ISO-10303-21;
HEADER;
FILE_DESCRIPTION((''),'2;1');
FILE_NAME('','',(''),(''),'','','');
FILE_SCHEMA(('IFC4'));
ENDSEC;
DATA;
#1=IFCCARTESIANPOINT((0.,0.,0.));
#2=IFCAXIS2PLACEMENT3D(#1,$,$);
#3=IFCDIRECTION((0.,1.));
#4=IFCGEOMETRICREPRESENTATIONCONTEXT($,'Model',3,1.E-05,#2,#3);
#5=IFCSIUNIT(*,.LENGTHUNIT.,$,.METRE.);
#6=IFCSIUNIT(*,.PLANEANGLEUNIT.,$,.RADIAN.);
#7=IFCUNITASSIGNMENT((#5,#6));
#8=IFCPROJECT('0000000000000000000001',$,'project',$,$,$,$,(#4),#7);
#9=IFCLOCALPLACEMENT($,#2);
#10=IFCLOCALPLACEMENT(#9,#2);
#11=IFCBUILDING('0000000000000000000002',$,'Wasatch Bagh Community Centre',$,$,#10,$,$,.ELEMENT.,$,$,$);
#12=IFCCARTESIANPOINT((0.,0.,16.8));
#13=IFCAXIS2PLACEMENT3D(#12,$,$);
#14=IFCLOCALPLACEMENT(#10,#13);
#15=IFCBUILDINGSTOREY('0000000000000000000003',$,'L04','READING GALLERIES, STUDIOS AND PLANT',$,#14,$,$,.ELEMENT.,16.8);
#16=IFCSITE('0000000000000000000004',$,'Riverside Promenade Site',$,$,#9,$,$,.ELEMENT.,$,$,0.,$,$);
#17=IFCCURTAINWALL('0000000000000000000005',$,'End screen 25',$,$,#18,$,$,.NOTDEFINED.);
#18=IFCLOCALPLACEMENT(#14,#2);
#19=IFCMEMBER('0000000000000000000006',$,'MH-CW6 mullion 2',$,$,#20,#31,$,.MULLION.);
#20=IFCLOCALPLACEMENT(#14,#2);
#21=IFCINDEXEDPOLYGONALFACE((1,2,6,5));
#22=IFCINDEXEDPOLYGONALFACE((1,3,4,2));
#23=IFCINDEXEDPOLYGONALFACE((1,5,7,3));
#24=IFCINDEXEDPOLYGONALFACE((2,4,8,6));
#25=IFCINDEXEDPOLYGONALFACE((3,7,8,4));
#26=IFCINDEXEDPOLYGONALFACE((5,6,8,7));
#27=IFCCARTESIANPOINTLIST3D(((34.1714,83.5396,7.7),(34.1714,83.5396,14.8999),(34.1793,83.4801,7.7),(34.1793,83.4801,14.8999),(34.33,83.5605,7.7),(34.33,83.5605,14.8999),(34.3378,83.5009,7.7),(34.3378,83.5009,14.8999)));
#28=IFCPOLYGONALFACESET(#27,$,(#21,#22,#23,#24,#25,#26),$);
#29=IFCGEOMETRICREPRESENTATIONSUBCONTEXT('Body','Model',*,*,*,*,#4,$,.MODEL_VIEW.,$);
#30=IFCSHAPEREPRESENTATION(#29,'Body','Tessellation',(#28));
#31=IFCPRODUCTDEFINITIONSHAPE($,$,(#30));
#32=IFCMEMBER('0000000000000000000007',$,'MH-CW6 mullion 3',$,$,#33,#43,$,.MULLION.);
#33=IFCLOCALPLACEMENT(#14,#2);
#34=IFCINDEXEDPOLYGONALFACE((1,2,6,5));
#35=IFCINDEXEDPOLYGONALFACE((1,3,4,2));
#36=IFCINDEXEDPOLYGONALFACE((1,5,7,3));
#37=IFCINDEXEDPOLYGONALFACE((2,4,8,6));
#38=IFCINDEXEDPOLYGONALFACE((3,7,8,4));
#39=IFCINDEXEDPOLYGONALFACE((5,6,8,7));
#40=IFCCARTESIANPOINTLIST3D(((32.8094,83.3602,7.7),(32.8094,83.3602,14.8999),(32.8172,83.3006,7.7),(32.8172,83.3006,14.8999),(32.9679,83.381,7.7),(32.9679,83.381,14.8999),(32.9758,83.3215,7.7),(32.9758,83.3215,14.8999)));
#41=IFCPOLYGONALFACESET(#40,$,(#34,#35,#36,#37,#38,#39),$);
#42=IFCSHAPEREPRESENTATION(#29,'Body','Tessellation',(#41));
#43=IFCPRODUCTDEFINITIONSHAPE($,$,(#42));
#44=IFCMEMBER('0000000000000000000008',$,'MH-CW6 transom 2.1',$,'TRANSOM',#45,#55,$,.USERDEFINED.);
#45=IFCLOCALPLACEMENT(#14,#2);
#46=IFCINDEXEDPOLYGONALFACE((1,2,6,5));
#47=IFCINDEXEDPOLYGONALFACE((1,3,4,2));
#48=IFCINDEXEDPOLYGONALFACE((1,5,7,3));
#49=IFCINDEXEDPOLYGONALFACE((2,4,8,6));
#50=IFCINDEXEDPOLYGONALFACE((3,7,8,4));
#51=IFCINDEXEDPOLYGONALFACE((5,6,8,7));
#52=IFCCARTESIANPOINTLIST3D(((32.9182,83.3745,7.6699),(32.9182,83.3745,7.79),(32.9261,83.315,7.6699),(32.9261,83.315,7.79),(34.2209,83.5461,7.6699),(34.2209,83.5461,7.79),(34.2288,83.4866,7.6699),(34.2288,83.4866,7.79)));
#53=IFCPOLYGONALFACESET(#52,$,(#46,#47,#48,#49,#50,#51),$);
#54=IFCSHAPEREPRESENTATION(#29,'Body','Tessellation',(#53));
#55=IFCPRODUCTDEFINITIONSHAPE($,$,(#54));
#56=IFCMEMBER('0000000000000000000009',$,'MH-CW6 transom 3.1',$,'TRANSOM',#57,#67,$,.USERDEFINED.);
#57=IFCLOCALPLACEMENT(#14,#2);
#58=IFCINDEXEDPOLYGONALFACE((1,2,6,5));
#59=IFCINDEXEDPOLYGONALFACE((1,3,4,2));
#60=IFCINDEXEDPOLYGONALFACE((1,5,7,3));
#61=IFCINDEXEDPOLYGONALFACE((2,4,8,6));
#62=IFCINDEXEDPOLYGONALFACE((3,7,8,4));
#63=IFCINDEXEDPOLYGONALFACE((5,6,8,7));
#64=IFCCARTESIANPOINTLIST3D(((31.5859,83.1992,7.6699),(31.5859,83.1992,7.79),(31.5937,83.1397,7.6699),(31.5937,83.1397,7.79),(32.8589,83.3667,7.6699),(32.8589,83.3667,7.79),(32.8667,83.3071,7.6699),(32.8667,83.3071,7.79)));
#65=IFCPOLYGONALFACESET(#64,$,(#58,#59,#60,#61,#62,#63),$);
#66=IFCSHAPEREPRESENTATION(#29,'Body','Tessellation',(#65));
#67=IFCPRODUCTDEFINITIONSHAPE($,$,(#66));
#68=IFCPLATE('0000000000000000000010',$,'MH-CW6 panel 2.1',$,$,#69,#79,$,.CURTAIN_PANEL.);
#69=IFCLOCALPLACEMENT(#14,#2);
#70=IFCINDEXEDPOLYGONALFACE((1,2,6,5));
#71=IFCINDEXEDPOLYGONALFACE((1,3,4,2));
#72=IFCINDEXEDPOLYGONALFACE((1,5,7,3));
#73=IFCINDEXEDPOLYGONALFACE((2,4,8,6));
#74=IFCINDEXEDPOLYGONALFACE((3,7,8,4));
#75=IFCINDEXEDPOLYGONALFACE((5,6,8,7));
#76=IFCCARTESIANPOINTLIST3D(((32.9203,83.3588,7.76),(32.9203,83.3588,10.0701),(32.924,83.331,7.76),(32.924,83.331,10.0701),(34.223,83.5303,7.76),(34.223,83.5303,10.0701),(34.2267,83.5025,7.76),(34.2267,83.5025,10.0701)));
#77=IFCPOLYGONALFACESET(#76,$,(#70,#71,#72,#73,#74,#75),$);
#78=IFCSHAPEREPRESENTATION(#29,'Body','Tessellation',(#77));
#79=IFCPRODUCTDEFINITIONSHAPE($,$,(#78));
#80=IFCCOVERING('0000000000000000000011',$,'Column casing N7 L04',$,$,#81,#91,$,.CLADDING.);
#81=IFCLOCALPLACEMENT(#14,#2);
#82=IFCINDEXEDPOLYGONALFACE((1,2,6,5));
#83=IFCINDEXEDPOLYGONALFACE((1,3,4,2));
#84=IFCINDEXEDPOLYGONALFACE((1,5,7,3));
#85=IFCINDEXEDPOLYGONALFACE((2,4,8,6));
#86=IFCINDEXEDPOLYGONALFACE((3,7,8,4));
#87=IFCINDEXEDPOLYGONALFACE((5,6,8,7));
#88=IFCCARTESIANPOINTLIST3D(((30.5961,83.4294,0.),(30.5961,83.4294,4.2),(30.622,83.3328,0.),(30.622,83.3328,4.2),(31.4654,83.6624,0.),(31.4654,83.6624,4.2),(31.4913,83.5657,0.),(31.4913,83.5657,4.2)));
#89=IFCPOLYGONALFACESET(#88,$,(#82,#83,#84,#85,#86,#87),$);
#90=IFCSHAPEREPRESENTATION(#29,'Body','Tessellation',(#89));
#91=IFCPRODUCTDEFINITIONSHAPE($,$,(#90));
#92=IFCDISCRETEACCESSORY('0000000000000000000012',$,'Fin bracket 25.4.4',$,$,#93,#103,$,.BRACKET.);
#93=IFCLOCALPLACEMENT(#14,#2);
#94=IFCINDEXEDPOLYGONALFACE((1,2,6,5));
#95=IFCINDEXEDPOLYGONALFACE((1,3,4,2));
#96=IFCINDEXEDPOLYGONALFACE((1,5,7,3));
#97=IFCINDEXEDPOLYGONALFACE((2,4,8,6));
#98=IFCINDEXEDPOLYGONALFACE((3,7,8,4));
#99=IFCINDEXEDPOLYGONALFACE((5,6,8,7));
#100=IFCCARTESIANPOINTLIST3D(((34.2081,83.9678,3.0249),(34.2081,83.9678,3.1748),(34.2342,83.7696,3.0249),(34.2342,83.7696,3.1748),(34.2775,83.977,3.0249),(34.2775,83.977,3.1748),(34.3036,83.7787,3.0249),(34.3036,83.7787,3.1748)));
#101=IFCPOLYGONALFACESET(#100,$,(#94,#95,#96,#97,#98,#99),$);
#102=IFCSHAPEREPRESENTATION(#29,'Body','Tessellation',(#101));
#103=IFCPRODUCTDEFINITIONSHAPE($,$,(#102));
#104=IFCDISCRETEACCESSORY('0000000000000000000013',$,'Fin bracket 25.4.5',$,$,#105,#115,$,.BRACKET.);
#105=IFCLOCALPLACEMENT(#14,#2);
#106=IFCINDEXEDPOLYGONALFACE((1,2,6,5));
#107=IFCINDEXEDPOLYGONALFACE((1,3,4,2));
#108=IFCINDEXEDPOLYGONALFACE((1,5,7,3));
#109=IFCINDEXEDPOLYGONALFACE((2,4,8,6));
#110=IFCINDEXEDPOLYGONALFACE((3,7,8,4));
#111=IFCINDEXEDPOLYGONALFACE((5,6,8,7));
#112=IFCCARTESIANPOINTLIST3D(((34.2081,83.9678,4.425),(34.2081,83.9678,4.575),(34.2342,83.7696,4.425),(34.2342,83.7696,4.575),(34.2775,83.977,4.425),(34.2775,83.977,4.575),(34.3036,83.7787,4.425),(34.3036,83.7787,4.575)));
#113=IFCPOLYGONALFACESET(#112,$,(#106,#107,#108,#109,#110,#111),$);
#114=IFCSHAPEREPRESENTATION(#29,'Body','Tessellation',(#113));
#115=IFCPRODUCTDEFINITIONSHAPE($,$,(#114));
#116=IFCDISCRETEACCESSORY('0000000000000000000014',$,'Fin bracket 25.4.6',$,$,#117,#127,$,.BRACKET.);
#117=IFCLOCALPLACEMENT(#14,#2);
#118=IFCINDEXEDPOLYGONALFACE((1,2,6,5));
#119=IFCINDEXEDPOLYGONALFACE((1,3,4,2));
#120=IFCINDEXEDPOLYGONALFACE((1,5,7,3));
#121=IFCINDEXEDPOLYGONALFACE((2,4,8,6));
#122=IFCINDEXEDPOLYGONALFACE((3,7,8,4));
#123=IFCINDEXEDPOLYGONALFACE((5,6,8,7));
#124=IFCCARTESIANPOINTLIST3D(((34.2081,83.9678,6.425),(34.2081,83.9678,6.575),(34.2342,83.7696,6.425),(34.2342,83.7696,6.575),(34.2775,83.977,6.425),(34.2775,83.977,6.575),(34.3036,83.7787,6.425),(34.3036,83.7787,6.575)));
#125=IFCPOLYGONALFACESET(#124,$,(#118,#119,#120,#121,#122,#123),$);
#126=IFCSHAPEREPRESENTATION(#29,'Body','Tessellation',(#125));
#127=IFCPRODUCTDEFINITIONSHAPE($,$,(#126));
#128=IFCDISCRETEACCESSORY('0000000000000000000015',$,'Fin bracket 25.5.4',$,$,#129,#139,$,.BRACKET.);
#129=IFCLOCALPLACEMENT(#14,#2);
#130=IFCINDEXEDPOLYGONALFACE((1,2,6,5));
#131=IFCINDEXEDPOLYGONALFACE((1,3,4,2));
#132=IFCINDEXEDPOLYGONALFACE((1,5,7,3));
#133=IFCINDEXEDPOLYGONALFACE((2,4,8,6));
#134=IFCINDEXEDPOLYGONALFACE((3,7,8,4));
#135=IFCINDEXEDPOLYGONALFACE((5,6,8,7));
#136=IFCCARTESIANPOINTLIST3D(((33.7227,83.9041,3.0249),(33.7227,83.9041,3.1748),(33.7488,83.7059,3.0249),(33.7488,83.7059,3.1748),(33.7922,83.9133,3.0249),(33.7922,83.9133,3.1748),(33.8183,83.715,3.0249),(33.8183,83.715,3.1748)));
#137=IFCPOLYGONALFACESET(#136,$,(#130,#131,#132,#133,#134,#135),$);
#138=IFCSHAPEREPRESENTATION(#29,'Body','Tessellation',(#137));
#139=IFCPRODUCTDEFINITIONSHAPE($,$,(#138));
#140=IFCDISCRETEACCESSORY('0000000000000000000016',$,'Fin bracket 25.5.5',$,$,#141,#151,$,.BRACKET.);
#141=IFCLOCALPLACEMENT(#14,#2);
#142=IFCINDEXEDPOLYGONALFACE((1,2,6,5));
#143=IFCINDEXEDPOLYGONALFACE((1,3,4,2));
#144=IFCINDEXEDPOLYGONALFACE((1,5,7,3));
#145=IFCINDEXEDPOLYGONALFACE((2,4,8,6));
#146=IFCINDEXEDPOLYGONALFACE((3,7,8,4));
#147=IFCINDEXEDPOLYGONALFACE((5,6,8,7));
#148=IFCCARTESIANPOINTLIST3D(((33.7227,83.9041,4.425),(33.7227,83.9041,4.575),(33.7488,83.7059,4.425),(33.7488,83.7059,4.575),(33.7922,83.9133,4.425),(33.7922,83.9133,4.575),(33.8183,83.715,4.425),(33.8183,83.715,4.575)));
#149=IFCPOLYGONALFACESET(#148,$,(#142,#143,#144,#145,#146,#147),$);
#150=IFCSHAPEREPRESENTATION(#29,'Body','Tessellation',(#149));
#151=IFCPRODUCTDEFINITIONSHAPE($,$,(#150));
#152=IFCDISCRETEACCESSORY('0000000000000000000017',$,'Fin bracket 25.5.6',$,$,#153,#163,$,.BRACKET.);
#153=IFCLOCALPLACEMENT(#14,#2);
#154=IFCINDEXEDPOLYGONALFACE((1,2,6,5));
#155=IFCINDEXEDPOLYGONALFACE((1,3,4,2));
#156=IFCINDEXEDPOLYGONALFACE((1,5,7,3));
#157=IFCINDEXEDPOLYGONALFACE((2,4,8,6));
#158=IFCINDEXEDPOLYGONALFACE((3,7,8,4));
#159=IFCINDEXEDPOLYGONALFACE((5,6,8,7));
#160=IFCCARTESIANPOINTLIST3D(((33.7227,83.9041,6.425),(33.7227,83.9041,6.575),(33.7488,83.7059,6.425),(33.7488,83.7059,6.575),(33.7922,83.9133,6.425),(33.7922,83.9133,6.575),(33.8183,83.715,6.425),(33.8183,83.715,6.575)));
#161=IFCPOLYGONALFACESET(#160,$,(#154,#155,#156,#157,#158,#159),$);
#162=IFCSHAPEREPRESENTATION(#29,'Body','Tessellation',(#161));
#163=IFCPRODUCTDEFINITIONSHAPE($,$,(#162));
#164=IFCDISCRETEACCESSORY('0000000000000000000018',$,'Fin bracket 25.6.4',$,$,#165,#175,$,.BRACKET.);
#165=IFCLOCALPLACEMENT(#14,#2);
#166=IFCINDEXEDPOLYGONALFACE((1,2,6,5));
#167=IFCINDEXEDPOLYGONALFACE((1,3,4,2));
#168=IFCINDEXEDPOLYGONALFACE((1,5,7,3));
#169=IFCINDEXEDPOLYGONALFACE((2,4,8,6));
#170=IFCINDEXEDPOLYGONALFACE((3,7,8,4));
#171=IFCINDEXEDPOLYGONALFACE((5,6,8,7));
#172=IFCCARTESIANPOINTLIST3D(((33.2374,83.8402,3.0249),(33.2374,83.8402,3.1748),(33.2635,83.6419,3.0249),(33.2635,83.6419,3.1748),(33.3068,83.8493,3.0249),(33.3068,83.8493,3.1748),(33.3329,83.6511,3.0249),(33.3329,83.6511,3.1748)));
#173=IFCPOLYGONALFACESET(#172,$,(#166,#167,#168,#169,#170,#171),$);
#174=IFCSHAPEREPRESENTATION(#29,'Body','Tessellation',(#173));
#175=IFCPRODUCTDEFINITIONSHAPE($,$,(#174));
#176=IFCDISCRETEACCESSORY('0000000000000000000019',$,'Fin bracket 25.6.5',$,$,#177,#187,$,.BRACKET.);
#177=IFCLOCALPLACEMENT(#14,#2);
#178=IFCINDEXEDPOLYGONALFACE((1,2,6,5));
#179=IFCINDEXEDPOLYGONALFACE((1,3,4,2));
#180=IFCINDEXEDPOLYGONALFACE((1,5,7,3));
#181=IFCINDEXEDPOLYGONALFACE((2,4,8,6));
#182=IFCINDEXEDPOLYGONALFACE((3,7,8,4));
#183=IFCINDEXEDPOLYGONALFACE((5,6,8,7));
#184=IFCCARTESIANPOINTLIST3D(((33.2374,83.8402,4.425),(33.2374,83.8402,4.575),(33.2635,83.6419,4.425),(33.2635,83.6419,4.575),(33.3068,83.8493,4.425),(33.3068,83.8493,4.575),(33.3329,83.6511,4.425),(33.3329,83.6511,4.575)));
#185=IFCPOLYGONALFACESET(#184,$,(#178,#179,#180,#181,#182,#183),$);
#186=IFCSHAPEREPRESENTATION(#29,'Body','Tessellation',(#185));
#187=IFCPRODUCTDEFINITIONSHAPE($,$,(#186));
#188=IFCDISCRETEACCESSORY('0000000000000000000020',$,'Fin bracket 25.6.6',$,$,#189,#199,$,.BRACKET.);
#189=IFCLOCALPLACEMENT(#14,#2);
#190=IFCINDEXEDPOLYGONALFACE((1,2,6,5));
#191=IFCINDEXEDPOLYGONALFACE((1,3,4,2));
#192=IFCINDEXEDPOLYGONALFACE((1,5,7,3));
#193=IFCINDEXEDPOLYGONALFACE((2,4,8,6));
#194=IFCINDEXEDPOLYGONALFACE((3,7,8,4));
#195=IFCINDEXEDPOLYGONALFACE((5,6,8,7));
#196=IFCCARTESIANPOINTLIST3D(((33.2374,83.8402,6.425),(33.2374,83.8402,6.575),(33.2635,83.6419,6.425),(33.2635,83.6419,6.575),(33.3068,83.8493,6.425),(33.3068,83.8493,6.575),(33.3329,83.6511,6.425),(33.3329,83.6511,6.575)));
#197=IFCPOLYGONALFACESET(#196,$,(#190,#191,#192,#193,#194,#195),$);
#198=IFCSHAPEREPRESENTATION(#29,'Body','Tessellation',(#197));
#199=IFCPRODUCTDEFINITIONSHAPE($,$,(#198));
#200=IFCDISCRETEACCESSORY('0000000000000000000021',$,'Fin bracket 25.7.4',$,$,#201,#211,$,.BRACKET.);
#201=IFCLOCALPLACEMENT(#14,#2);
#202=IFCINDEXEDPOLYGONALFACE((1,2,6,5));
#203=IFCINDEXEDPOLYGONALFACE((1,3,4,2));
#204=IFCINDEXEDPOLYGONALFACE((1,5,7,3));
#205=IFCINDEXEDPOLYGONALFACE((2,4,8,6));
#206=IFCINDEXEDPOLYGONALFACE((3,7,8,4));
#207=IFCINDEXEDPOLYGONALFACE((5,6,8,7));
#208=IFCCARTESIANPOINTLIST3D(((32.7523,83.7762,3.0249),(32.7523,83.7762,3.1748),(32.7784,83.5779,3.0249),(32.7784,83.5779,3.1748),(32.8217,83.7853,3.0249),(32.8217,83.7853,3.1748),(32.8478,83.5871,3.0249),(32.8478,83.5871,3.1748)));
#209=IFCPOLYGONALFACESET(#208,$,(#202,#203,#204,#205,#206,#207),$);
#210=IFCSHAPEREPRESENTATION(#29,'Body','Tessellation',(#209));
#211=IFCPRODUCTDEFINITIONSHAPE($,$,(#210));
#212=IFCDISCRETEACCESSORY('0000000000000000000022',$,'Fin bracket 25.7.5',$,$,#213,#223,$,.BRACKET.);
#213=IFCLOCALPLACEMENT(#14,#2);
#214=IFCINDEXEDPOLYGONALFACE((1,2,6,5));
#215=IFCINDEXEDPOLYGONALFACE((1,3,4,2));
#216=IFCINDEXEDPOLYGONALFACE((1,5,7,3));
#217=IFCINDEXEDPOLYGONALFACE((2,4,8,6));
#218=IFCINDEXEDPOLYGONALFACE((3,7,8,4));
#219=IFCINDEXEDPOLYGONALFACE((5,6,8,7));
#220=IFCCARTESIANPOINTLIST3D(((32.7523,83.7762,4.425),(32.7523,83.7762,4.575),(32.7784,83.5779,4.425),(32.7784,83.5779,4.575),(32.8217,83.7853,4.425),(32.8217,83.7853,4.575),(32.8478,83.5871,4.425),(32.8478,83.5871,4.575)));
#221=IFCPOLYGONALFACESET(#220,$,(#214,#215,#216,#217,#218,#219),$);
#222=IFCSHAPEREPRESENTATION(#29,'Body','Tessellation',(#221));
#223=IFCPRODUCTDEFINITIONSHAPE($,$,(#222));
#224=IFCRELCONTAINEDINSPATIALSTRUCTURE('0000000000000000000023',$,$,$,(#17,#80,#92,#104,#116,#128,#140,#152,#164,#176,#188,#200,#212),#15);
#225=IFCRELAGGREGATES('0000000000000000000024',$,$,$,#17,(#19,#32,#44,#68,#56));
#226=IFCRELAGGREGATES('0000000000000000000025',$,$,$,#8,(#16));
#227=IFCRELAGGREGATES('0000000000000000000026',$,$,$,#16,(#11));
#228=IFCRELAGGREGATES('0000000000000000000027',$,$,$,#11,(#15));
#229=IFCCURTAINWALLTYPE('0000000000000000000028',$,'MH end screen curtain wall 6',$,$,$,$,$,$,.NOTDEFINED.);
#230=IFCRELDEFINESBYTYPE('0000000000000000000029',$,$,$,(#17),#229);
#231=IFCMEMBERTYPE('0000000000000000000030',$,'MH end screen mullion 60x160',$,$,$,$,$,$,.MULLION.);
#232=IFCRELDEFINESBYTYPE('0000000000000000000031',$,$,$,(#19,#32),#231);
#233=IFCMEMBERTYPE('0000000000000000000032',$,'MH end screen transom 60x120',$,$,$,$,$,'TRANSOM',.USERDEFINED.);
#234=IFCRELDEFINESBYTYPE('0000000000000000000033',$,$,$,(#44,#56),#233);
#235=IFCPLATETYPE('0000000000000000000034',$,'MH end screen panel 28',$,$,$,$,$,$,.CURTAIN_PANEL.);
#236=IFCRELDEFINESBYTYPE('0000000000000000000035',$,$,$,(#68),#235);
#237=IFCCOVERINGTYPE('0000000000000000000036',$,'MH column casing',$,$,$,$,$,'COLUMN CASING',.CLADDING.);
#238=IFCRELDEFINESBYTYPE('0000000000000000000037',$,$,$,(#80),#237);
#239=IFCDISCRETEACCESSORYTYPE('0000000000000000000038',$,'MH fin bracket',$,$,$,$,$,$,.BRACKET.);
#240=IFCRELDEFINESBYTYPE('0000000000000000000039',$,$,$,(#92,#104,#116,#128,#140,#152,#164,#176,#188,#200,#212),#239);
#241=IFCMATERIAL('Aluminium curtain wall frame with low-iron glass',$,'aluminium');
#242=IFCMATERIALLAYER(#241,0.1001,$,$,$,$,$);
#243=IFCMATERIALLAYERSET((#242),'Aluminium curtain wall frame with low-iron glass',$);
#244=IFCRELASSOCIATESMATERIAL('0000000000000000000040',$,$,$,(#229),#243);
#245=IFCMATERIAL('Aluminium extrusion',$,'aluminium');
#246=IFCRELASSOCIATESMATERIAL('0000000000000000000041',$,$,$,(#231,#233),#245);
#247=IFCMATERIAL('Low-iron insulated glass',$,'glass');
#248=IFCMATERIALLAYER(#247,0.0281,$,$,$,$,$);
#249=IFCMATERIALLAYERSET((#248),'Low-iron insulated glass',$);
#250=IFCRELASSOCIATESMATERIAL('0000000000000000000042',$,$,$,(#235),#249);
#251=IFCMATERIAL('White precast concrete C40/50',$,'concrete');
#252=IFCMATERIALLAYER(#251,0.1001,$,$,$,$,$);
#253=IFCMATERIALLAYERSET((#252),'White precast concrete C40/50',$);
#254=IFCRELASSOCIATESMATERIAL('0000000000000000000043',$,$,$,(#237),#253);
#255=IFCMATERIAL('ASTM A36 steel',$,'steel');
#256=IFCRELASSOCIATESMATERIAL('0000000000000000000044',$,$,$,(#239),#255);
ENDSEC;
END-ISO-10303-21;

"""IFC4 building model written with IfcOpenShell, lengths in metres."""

from ifc_helpers import new_model, si_unit, direction, frame, origin, origin_2d, place, context, subcontext, project, spatial, rectangle, extrude, material, layer, layer_set, material_profile, profile_set, type_object, element, aggregate, save


model = new_model("IFC4")

# Units and contexts
model_context = context("Model", 3, precision=1e-05, world=origin(), true_north=direction((0.0, 1.0)))
body_context = subcontext(model_context, "Body", "Model", "MODEL_VIEW")
ifc_project = project(units=[si_unit("LENGTHUNIT", "METRE"), si_unit("PLANEANGLEUNIT", "RADIAN")], contexts=[model_context])

# Site, building, storey
site_placement = place(None, origin())
site = spatial("IfcSite", under=ifc_project, at=site_placement, Name="Riverside Promenade Site", CompositionType="ELEMENT", RefElevation=0.0)
building_placement = place(site_placement, origin())
building = spatial("IfcBuilding", under=site, at=building_placement, Name="Wasatch Bagh Community Centre", CompositionType="ELEMENT")
storey_placement = place(building_placement, frame((0.0, 0.0, 16.8)))
storey = spatial("IfcBuildingStorey", under=building, at=storey_placement, Name="L04", Description="READING GALLERIES, STUDIOS AND PLANT", CompositionType="ELEMENT", Elevation=16.8)

# Curtain wall, members, plate
ifc_material_1 = material(Name="Aluminium curtain wall frame with low-iron glass", Category="aluminium")
ifc_layer_1 = layer(ifc_material_1, 0.1001)
ifc_layer_set_1 = layer_set([ifc_layer_1], Name="Aluminium curtain wall frame with low-iron glass")
curtain_wall_type = type_object("IfcCurtainWallType", Name="MH end screen curtain wall 6", PredefinedType="NOTDEFINED", material=ifc_layer_set_1)
curtain_wall_placement = place(storey_placement, origin())
curtain_wall = element("IfcCurtainWall", 1, at=curtain_wall_placement, inside=storey, type_object=curtain_wall_type, Name="End screen 25", PredefinedType="NOTDEFINED")
ifc_material_2 = material(Name="Aluminium extrusion", Category="aluminium")
ifc_material_profile_1 = material_profile(ifc_material_2, rectangle(XDim=0.0601, YDim=0.1599, at=origin_2d()), Name="AL 60x160")
ifc_profile_set_1 = profile_set([ifc_material_profile_1], Name="Aluminium extrusion")
member_type_1 = type_object("IfcMemberType", Name="MH end screen mullion 60x160", PredefinedType="MULLION", material=ifc_profile_set_1)
member_1_placement = place(storey_placement, frame((34.2546, 83.5203, 7.7), z_axis=(0.0, 0.0, 1.0), x_axis=(0.130526, -0.991445, 0.0)))
member_1 = element("IfcMember", 2, at=member_1_placement, type_object=member_type_1, Name="MH-CW6 mullion 2", PredefinedType="MULLION", context=body_context, shape_type="SweptSolid", body=[
    extrude(rectangle(XDim=0.0601, YDim=0.1599, at=origin_2d()), origin(), (0.0, 0.0, 1.0), 7.2),
])
member_2_placement = place(storey_placement, frame((32.8926, 83.3408, 7.7), z_axis=(0.0, 0.0, 1.0), x_axis=(0.130526, -0.991445, 0.0)))
member_2 = element("IfcMember", 3, at=member_2_placement, type_object=member_type_1, Name="MH-CW6 mullion 3", PredefinedType="MULLION", context=body_context, shape_type="SweptSolid", body=[
    extrude(rectangle(XDim=0.0601, YDim=0.1599, at=origin_2d()), origin(), (0.0, 0.0, 1.0), 7.2),
])
ifc_material_profile_2 = material_profile(ifc_material_2, rectangle(XDim=0.0601, YDim=0.1201, at=origin_2d()), Name="AL 60x120")
ifc_profile_set_2 = profile_set([ifc_material_profile_2], Name="Aluminium extrusion")
member_type_2 = type_object("IfcMemberType", Name="MH end screen transom 60x120", ElementType="TRANSOM", PredefinedType="USERDEFINED", material=ifc_profile_set_2)
member_3_placement = place(storey_placement, frame((34.2249, 83.5164, 7.73), z_axis=(-0.991433, -0.130618, 0.0), x_axis=(0.130618, -0.991433, 0.0)))
member_3 = element("IfcMember", 4, at=member_3_placement, type_object=member_type_2, Name="MH-CW6 transom 2.1", ObjectType="TRANSOM", PredefinedType="USERDEFINED", context=body_context, shape_type="SweptSolid", body=[
    extrude(rectangle(XDim=0.0601, YDim=0.1201, at=origin_2d()), origin(), (0.0, 0.0, 1.0), 1.314),
])
member_4_placement = place(storey_placement, frame((32.8628, 83.3369, 7.73), z_axis=(-0.991456, -0.130445, 0.0), x_axis=(0.130445, -0.991456, 0.0)))
member_4 = element("IfcMember", 5, at=member_4_placement, type_object=member_type_2, Name="MH-CW6 transom 3.1", ObjectType="TRANSOM", PredefinedType="USERDEFINED", context=body_context, shape_type="SweptSolid", body=[
    extrude(rectangle(XDim=0.0601, YDim=0.1201, at=origin_2d()), origin(), (0.0, 0.0, 1.0), 1.2839),
])
ifc_material_3 = material(Name="Low-iron insulated glass", Category="glass")
ifc_layer_2 = layer(ifc_material_3, 0.0281)
ifc_layer_set_2 = layer_set([ifc_layer_2], Name="Low-iron insulated glass")
plate_type = type_object("IfcPlateType", Name="MH end screen panel 28", PredefinedType="CURTAIN_PANEL", material=ifc_layer_set_2)
plate_placement = place(storey_placement, frame((33.5735, 83.4307, 7.76), z_axis=(0.0, 0.0, 1.0), x_axis=(-0.991445, -0.130526, 0.0)))
plate = element("IfcPlate", 6, at=plate_placement, type_object=plate_type, Name="MH-CW6 panel 2.1", PredefinedType="CURTAIN_PANEL", context=body_context, shape_type="SweptSolid", body=[
    extrude(rectangle(XDim=1.314, YDim=0.0281, at=origin_2d()), origin(), (0.0, 0.0, 1.0), 2.3101),
])
aggregate(curtain_wall, [member_1, member_2, member_3, plate, member_4])

# Covering
ifc_material_4 = material(Name="White precast concrete C40/50", Category="concrete")
ifc_layer_3 = layer(ifc_material_4, 0.1001)
ifc_layer_set_3 = layer_set([ifc_layer_3], Name="White precast concrete C40/50")
covering_type = type_object("IfcCoveringType", Name="MH column casing", ElementType="COLUMN CASING", PredefinedType="CLADDING", material=ifc_layer_set_3)
covering_placement = place(storey_placement, frame((31.0437, 83.4976, 0.0), z_axis=(0.0, 0.0, 1.0), x_axis=(-0.965926, -0.258819, 0.0)))
element("IfcCovering", 7, at=covering_placement, inside=storey, type_object=covering_type, Name="Column casing N7 L04", PredefinedType="CLADDING", context=body_context, shape_type="SweptSolid", body=[
    extrude(rectangle(XDim=0.8999, YDim=0.1001, at=origin_2d()), origin(), (0.0, 0.0, 1.0), 4.2),
])

# Discrete accessories
ifc_material_5 = material(Name="ASTM A36 steel", Category="steel")
discrete_accessory_type = type_object("IfcDiscreteAccessoryType", Name="MH fin bracket", PredefinedType="BRACKET", material=ifc_material_5)
for number, where, z_axis, x_axis, name in (
    (8, (34.2559, 83.8733, 3.0249), (0.0, 0.0, 1.0), (-0.991445, -0.130526, 0.0), "Fin bracket 25.4.4"),
    (9, (34.2559, 83.8733, 4.425), (0.0, 0.0, 1.0), (-0.991445, -0.130526, 0.0), "Fin bracket 25.4.5"),
    (10, (34.2559, 83.8733, 6.425), (0.0, 0.0, 1.0), (-0.991445, -0.130526, 0.0), "Fin bracket 25.4.6"),
    (11, (33.7705, 83.8096, 3.0249), (0.0, 0.0, 1.0), (-0.991445, -0.130526, 0.0), "Fin bracket 25.5.4"),
    (12, (33.7705, 83.8096, 4.425), (0.0, 0.0, 1.0), (-0.991445, -0.130526, 0.0), "Fin bracket 25.5.5"),
    (13, (33.7705, 83.8096, 6.425), (0.0, 0.0, 1.0), (-0.991445, -0.130526, 0.0), "Fin bracket 25.5.6"),
    (14, (33.2852, 83.7456, 3.0249), (0.0, 0.0, 1.0), (-0.991445, -0.130526, 0.0), "Fin bracket 25.6.4"),
    (15, (33.2852, 83.7456, 4.425), (0.0, 0.0, 1.0), (-0.991445, -0.130526, 0.0), "Fin bracket 25.6.5"),
    (16, (33.2852, 83.7456, 6.425), (0.0, 0.0, 1.0), (-0.991445, -0.130526, 0.0), "Fin bracket 25.6.6"),
    (17, (32.8, 83.6816, 3.0249), (0.0, 0.0, 1.0), (-0.991445, -0.130526, 0.0), "Fin bracket 25.7.4"),
    (18, (32.8, 83.6816, 4.425), (0.0, 0.0, 1.0), (-0.991445, -0.130526, 0.0), "Fin bracket 25.7.5"),
):
    element("IfcDiscreteAccessory", number, at=place(storey_placement, frame(where, z_axis=z_axis, x_axis=x_axis)), inside=storey, type_object=discrete_accessory_type, Name=name, PredefinedType="BRACKET", context=body_context, shape_type="SweptSolid", body=[
        extrude(rectangle(XDim=0.0701, YDim=0.2, at=origin_2d()), origin(), (0.0, 0.0, 1.0), 0.1499),
    ])

save(model, "model.ifc")
